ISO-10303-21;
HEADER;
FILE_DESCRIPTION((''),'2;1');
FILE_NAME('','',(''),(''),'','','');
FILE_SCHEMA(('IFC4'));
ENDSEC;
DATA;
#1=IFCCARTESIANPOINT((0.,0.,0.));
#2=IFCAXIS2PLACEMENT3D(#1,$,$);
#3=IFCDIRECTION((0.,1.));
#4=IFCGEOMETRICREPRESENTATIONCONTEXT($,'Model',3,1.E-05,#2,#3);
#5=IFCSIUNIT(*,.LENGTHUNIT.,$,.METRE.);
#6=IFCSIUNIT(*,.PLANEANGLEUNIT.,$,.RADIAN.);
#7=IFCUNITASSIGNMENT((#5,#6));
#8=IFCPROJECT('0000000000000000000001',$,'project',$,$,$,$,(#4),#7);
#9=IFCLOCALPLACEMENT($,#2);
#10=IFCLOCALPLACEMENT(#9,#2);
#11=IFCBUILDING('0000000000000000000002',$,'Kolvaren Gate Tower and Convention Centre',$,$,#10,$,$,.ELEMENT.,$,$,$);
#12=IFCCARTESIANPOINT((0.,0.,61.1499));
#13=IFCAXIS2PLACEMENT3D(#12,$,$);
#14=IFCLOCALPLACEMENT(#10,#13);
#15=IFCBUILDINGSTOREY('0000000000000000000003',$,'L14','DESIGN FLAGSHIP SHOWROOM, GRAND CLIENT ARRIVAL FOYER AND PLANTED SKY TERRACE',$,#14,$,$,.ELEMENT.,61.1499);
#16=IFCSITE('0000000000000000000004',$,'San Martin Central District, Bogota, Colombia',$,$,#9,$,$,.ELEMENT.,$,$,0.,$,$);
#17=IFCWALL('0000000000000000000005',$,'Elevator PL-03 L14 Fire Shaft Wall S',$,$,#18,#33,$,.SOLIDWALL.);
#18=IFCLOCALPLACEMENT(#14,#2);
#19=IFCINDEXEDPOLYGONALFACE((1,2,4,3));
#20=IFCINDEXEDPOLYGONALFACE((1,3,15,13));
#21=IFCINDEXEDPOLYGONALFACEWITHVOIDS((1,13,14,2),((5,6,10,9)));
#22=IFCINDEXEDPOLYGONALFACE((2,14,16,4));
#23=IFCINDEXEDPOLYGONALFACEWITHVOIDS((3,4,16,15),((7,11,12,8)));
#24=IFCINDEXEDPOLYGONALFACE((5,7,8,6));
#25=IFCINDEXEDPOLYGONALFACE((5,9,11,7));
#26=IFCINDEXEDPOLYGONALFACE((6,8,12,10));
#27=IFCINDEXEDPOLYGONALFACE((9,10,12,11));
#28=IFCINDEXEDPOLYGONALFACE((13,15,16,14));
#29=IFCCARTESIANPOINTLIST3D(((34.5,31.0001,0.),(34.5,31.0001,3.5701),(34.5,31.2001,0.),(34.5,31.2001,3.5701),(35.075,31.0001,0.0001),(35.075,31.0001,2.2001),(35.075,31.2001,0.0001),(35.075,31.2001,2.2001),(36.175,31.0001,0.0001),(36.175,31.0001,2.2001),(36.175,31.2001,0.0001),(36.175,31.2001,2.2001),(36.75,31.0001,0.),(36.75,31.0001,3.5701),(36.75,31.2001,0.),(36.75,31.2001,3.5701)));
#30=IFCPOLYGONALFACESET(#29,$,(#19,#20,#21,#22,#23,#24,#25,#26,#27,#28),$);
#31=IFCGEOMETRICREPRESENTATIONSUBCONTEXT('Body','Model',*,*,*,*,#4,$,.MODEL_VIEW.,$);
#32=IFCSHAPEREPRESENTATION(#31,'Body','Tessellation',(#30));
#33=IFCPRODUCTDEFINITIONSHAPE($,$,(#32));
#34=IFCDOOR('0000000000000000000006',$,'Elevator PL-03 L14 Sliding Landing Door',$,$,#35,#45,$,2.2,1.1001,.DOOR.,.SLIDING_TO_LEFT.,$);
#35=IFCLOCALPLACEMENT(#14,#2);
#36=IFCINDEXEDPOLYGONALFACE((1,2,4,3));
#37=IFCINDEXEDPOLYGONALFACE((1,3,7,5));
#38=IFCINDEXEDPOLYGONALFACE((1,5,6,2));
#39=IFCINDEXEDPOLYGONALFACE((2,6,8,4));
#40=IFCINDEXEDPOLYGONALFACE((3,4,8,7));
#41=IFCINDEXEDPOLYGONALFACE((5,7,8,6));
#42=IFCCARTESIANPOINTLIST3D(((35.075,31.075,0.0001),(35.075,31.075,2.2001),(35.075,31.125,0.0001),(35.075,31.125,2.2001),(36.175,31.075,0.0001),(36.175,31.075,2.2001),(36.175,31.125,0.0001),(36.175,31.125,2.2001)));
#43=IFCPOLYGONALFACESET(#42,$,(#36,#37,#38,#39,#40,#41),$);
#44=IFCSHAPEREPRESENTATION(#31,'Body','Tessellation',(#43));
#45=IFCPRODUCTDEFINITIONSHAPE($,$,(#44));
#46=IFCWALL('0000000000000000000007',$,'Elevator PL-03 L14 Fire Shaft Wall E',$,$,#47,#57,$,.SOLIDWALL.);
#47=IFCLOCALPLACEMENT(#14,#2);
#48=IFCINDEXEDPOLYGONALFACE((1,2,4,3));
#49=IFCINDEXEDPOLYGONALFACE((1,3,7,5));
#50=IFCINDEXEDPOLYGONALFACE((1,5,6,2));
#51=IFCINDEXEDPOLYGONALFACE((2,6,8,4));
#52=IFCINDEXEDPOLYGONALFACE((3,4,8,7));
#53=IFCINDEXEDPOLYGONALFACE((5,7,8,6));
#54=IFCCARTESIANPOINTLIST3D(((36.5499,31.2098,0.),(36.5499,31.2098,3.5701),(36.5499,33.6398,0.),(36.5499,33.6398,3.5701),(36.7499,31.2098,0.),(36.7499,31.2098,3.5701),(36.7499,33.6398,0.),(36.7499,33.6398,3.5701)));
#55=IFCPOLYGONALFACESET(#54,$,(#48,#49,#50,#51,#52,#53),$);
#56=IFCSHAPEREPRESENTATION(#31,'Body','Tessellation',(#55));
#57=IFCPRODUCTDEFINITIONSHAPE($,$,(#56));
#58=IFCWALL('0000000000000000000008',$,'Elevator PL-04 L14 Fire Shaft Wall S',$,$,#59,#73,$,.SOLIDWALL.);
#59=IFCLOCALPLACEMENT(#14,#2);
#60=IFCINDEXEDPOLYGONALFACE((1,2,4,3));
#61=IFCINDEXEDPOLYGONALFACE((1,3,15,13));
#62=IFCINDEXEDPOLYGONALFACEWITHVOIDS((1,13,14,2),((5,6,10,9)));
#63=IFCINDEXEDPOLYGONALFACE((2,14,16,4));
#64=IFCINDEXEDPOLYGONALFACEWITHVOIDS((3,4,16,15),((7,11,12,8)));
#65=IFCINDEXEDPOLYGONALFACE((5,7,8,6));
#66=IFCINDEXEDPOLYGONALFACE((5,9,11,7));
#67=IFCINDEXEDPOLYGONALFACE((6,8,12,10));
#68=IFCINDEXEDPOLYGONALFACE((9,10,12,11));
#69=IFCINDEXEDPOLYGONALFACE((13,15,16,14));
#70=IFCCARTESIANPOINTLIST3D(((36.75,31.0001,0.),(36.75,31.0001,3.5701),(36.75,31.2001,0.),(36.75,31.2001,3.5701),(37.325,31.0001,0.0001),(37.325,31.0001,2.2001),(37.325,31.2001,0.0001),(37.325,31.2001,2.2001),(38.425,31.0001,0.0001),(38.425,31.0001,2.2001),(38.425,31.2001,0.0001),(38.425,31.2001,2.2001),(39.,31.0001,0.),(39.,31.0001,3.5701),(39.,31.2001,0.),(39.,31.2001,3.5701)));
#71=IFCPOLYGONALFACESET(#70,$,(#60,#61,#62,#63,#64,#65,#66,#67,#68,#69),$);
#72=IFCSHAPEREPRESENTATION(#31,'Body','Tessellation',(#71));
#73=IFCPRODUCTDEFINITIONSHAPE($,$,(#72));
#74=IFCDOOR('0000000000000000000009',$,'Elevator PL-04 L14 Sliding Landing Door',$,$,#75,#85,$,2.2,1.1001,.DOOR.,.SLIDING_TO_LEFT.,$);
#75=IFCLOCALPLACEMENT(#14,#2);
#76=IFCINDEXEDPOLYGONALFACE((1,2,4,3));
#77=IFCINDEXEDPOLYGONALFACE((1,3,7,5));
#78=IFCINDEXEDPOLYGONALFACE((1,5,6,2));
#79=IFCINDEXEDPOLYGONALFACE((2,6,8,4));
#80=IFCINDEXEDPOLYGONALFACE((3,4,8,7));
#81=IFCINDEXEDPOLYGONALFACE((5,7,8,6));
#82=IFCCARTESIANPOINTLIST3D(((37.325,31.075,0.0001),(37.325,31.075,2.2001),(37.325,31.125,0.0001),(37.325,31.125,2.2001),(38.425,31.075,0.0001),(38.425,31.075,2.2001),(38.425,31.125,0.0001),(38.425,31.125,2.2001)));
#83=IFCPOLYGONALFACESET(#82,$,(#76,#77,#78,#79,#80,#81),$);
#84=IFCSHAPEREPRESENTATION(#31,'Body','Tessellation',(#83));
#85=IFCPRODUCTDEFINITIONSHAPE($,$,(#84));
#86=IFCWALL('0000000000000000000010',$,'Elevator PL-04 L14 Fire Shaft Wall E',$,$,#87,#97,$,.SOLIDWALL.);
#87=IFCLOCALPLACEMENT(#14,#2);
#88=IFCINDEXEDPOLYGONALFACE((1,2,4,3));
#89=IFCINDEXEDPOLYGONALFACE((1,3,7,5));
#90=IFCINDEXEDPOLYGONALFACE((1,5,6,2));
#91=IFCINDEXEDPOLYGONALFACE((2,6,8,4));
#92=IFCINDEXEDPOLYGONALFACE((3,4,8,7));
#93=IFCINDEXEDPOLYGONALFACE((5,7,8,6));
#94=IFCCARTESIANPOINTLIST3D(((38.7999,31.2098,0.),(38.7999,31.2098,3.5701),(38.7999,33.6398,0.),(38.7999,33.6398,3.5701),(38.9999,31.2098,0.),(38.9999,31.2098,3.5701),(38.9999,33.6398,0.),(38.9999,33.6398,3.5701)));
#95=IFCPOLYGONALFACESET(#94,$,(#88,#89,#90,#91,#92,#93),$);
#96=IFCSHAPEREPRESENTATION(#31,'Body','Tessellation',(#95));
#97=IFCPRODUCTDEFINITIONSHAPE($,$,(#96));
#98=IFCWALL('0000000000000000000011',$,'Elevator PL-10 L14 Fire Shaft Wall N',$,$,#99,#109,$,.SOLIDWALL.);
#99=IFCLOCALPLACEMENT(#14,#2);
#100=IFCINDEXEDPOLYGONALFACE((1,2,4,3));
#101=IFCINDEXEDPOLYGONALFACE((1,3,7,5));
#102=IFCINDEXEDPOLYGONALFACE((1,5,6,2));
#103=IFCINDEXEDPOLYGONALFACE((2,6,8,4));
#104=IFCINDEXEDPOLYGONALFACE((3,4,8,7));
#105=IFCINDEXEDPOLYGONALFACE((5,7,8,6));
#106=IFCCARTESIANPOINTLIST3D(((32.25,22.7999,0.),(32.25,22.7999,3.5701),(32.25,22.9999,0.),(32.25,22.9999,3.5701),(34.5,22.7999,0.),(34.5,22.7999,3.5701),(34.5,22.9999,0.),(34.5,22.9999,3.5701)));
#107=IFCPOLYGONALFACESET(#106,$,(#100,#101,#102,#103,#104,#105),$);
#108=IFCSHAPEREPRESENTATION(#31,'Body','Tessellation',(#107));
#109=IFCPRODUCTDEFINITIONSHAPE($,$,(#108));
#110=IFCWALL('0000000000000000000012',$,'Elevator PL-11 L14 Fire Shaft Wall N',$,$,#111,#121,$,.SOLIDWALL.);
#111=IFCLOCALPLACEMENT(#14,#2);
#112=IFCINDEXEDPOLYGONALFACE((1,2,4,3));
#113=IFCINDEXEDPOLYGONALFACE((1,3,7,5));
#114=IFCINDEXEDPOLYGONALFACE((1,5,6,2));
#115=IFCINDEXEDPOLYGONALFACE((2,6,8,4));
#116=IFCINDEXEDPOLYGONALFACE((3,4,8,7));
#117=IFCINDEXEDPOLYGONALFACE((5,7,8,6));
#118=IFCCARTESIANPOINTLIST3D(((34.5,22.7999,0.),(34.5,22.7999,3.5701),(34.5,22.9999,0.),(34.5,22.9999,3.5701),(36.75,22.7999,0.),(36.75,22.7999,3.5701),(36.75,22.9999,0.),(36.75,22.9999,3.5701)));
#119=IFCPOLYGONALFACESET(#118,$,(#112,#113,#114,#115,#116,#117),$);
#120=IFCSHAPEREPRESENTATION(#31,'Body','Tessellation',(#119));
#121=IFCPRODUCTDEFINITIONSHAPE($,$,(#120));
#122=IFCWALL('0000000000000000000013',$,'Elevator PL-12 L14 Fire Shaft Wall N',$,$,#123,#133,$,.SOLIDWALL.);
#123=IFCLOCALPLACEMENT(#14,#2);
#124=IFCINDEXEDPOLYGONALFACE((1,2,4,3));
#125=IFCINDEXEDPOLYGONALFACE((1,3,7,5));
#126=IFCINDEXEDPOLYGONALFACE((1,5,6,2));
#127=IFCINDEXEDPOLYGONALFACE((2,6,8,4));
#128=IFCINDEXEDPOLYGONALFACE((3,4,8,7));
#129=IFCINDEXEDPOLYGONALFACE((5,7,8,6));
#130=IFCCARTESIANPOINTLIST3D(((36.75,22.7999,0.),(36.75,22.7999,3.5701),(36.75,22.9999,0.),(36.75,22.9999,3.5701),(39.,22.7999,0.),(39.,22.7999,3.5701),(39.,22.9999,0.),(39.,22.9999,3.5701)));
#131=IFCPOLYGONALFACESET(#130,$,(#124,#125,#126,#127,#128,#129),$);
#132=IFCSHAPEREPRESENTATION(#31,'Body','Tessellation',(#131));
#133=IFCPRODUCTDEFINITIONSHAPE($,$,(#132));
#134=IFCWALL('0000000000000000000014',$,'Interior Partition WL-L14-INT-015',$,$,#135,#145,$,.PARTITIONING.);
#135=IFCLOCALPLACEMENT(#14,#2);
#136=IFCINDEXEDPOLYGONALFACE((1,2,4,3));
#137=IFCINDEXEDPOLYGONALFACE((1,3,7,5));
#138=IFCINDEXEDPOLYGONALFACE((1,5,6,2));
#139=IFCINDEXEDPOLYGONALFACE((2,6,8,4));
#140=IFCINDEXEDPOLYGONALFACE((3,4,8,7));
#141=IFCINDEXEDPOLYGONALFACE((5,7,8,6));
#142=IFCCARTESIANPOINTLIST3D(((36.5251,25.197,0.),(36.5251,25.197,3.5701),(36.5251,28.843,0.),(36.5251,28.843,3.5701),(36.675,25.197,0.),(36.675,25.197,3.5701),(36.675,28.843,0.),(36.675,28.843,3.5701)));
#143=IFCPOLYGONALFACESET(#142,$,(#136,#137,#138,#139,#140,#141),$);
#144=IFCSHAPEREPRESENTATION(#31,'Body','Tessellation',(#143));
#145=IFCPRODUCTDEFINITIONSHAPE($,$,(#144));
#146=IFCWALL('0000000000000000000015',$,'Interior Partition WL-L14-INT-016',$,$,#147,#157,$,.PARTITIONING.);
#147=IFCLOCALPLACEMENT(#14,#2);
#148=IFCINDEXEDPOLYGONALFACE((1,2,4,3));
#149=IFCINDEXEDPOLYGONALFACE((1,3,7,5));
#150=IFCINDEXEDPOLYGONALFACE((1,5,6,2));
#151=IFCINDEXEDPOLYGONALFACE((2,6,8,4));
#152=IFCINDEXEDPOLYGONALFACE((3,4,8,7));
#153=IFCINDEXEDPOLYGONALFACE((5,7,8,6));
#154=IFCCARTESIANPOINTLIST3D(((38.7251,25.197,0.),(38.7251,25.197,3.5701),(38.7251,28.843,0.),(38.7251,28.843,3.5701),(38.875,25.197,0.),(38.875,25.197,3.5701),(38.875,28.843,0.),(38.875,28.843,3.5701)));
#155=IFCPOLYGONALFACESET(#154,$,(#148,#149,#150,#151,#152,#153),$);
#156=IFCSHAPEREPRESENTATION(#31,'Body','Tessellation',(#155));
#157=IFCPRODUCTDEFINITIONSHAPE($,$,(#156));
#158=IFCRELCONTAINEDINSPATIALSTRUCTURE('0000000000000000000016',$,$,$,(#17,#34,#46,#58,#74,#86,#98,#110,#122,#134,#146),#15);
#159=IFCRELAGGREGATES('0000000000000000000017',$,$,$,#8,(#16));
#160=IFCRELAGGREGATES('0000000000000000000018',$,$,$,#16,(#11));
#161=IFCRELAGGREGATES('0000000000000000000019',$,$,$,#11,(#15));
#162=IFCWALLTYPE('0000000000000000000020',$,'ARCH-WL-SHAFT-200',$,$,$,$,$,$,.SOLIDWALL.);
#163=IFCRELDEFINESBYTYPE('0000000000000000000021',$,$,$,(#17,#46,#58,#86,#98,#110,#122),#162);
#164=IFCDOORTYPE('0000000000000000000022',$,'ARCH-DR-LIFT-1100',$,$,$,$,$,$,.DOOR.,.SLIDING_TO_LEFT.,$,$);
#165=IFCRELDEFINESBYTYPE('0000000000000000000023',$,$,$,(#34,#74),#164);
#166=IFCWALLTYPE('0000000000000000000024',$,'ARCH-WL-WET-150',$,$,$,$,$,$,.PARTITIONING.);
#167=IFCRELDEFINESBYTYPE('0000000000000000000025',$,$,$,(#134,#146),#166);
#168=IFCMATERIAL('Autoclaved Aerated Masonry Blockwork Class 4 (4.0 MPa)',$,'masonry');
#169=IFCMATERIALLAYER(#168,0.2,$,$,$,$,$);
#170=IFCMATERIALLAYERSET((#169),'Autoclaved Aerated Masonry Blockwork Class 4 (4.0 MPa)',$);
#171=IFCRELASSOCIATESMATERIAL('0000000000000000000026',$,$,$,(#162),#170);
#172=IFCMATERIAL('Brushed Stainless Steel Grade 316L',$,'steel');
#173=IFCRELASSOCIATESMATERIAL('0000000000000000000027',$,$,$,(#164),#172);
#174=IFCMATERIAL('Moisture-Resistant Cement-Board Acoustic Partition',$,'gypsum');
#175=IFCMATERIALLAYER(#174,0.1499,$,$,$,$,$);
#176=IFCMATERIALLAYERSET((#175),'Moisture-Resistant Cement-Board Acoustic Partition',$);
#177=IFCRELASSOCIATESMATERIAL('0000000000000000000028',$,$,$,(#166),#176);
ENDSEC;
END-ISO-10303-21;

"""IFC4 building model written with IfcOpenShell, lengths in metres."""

from ifc_helpers import new_model, si_unit, direction, frame, frame_2d, origin, place, context, subcontext, project, spatial, rectangle, extrude, material, layer, layer_set, type_object, element, fill, save


model = new_model("IFC4")

# Units and contexts
model_context = context("Model", 3, precision=1e-05, world=origin(), true_north=direction((0.0, 1.0)))
body_context = subcontext(model_context, "Body", "Model", "MODEL_VIEW")
ifc_project = project(units=[si_unit("LENGTHUNIT", "METRE"), si_unit("PLANEANGLEUNIT", "RADIAN")], contexts=[model_context])

# Site, building, storey
site_placement = place(None, origin())
site = spatial("IfcSite", under=ifc_project, at=site_placement, Name="San Martin Central District, Bogota, Colombia", CompositionType="ELEMENT", RefElevation=0.0)
building_placement = place(site_placement, origin())
building = spatial("IfcBuilding", under=site, at=building_placement, Name="Kolvaren Gate Tower and Convention Centre", CompositionType="ELEMENT")
storey_placement = place(building_placement, frame((0.0, 0.0, 61.1499)))
storey = spatial("IfcBuildingStorey", under=building, at=storey_placement, Name="L14", Description="DESIGN FLAGSHIP SHOWROOM, GRAND CLIENT ARRIVAL FOYER AND PLANTED SKY TERRACE", CompositionType="ELEMENT", Elevation=61.1499)

# Shared definitions
ifc_material_1 = material(Name="Autoclaved Aerated Masonry Blockwork Class 4 (4.0 MPa)", Category="masonry")
ifc_layer_1 = layer(ifc_material_1, 0.2)
ifc_layer_set_1 = layer_set([ifc_layer_1], Name="Autoclaved Aerated Masonry Blockwork Class 4 (4.0 MPa)")
wall_type_1 = type_object("IfcWallType", Name="ARCH-WL-SHAFT-200", PredefinedType="SOLIDWALL", material=ifc_layer_set_1)

# Shared definitions
ifc_material_2 = material(Name="Brushed Stainless Steel Grade 316L", Category="steel")
door_type_1 = type_object("IfcDoorType", Name="ARCH-DR-LIFT-1100", OperationType="SLIDING_TO_LEFT", PredefinedType="DOOR", material=ifc_material_2)

# Wall, opening, door
wall_1_placement = place(storey_placement, frame((34.5, 31.1001, 0.0), z_axis=(0.0, 0.0, 1.0), x_axis=(1.0, 0.0, 0.0)))
wall_1 = element("IfcWall", 1, at=wall_1_placement, inside=storey, type_object=wall_type_1, Name="Elevator PL-03 L14 Fire Shaft Wall S", PredefinedType="SOLIDWALL", context=body_context, shape_type="SweptSolid", body=[
    extrude(rectangle(XDim=2.25, YDim=0.2, at=frame_2d((1.125, 0.0))), origin(), (0.0, 0.0, 1.0), 3.5701),
])
opening_1_placement = place(wall_1_placement, frame((0.575, 0.0, 0.0)))
opening_1 = element("IfcOpeningElement", 2, at=opening_1_placement, cuts=wall_1, PredefinedType="OPENING", context=body_context, shape_type="SweptSolid", body=[
    extrude(rectangle(XDim=1.1001, YDim=2.2, at=frame_2d((0.55, 1.1001))), frame((0.0, 0.1099, 0.0), z_axis=(0.0, -1.0, 0.0), x_axis=(1.0, 0.0, 0.0)), (0.0, 0.0, 1.0), 0.22),
])
door_1_placement = place(opening_1_placement, origin())
door_1 = element("IfcDoor", 3, at=door_1_placement, inside=storey, type_object=door_type_1, Name="Elevator PL-03 L14 Sliding Landing Door", OperationType="SLIDING_TO_LEFT", OverallHeight=2.2, OverallWidth=1.1001, PredefinedType="DOOR", context=body_context, shape_type="SweptSolid", body=[
    extrude(rectangle(XDim=1.1001, YDim=2.2, at=frame_2d((0.55, 1.1001))), frame((0.0, 0.0249, 0.0), z_axis=(0.0, -1.0, 0.0), x_axis=(1.0, 0.0, 0.0)), (0.0, 0.0, 1.0), 0.05),
])
fill(opening_1, door_1)

# Wall
wall_2_placement = place(storey_placement, frame((36.6499, 31.21, 0.0), z_axis=(0.0, 0.0, 1.0), x_axis=(0.0, 1.0, 0.0)))
element("IfcWall", 4, at=wall_2_placement, inside=storey, type_object=wall_type_1, Name="Elevator PL-03 L14 Fire Shaft Wall E", PredefinedType="SOLIDWALL", context=body_context, shape_type="SweptSolid", body=[
    extrude(rectangle(XDim=2.4299, YDim=0.2, at=frame_2d((1.2148, 0.0))), origin(), (0.0, 0.0, 1.0), 3.5701),
])

# Wall, opening, door
wall_3_placement = place(storey_placement, frame((36.75, 31.1001, 0.0), z_axis=(0.0, 0.0, 1.0), x_axis=(1.0, 0.0, 0.0)))
wall_3 = element("IfcWall", 5, at=wall_3_placement, inside=storey, type_object=wall_type_1, Name="Elevator PL-04 L14 Fire Shaft Wall S", PredefinedType="SOLIDWALL", context=body_context, shape_type="SweptSolid", body=[
    extrude(rectangle(XDim=2.25, YDim=0.2, at=frame_2d((1.125, 0.0))), origin(), (0.0, 0.0, 1.0), 3.5701),
])
opening_2_placement = place(wall_3_placement, frame((0.575, 0.0, 0.0)))
opening_2 = element("IfcOpeningElement", 6, at=opening_2_placement, cuts=wall_3, PredefinedType="OPENING", context=body_context, shape_type="SweptSolid", body=[
    extrude(rectangle(XDim=1.1001, YDim=2.2, at=frame_2d((0.55, 1.1001))), frame((0.0, 0.1099, 0.0), z_axis=(0.0, -1.0, 0.0), x_axis=(1.0, 0.0, 0.0)), (0.0, 0.0, 1.0), 0.22),
])
door_2_placement = place(opening_2_placement, origin())
door_2 = element("IfcDoor", 7, at=door_2_placement, inside=storey, type_object=door_type_1, Name="Elevator PL-04 L14 Sliding Landing Door", OperationType="SLIDING_TO_LEFT", OverallHeight=2.2, OverallWidth=1.1001, PredefinedType="DOOR", context=body_context, shape_type="SweptSolid", body=[
    extrude(rectangle(XDim=1.1001, YDim=2.2, at=frame_2d((0.55, 1.1001))), frame((0.0, 0.0249, 0.0), z_axis=(0.0, -1.0, 0.0), x_axis=(1.0, 0.0, 0.0)), (0.0, 0.0, 1.0), 0.05),
])
fill(opening_2, door_2)

# Walls
wall_4_placement = place(storey_placement, frame((38.8999, 31.21, 0.0), z_axis=(0.0, 0.0, 1.0), x_axis=(0.0, 1.0, 0.0)))
element("IfcWall", 8, at=wall_4_placement, inside=storey, type_object=wall_type_1, Name="Elevator PL-04 L14 Fire Shaft Wall E", PredefinedType="SOLIDWALL", context=body_context, shape_type="SweptSolid", body=[
    extrude(rectangle(XDim=2.4299, YDim=0.2, at=frame_2d((1.2148, 0.0))), origin(), (0.0, 0.0, 1.0), 3.5701),
])
for number, where, z_axis, x_axis, name in (
    (9, (32.25, 22.8999, 0.0), (0.0, 0.0, 1.0), (1.0, 0.0, 0.0), "Elevator PL-10 L14 Fire Shaft Wall N"),
    (10, (34.5, 22.8999, 0.0), (0.0, 0.0, 1.0), (1.0, 0.0, 0.0), "Elevator PL-11 L14 Fire Shaft Wall N"),
    (11, (36.75, 22.8999, 0.0), (0.0, 0.0, 1.0), (1.0, 0.0, 0.0), "Elevator PL-12 L14 Fire Shaft Wall N"),
):
    element("IfcWall", number, at=place(storey_placement, frame(where, z_axis=z_axis, x_axis=x_axis)), inside=storey, type_object=wall_type_1, Name=name, PredefinedType="SOLIDWALL", context=body_context, shape_type="SweptSolid", body=[
        extrude(rectangle(XDim=2.25, YDim=0.2, at=frame_2d((1.125, 0.0))), origin(), (0.0, 0.0, 1.0), 3.5701),
    ])
ifc_material_3 = material(Name="Moisture-Resistant Cement-Board Acoustic Partition", Category="gypsum")
ifc_layer_2 = layer(ifc_material_3, 0.1499)
ifc_layer_set_2 = layer_set([ifc_layer_2], Name="Moisture-Resistant Cement-Board Acoustic Partition")
wall_type_2 = type_object("IfcWallType", Name="ARCH-WL-WET-150", PredefinedType="PARTITIONING", material=ifc_layer_set_2)
for number, where, z_axis, x_axis, name in (
    (12, (36.6001, 25.197, 0.0), (0.0, 0.0, 1.0), (0.0, 1.0, 0.0), "Interior Partition WL-L14-INT-015"),
    (13, (38.8, 25.197, 0.0), (0.0, 0.0, 1.0), (0.0, 1.0, 0.0), "Interior Partition WL-L14-INT-016"),
):
    element("IfcWall", number, at=place(storey_placement, frame(where, z_axis=z_axis, x_axis=x_axis)), inside=storey, type_object=wall_type_2, Name=name, PredefinedType="PARTITIONING", context=body_context, shape_type="SweptSolid", body=[
        extrude(rectangle(XDim=3.646, YDim=0.1499, at=frame_2d((1.823, 0.0))), origin(), (0.0, 0.0, 1.0), 3.5701),
    ])

save(model, "model.ifc")
